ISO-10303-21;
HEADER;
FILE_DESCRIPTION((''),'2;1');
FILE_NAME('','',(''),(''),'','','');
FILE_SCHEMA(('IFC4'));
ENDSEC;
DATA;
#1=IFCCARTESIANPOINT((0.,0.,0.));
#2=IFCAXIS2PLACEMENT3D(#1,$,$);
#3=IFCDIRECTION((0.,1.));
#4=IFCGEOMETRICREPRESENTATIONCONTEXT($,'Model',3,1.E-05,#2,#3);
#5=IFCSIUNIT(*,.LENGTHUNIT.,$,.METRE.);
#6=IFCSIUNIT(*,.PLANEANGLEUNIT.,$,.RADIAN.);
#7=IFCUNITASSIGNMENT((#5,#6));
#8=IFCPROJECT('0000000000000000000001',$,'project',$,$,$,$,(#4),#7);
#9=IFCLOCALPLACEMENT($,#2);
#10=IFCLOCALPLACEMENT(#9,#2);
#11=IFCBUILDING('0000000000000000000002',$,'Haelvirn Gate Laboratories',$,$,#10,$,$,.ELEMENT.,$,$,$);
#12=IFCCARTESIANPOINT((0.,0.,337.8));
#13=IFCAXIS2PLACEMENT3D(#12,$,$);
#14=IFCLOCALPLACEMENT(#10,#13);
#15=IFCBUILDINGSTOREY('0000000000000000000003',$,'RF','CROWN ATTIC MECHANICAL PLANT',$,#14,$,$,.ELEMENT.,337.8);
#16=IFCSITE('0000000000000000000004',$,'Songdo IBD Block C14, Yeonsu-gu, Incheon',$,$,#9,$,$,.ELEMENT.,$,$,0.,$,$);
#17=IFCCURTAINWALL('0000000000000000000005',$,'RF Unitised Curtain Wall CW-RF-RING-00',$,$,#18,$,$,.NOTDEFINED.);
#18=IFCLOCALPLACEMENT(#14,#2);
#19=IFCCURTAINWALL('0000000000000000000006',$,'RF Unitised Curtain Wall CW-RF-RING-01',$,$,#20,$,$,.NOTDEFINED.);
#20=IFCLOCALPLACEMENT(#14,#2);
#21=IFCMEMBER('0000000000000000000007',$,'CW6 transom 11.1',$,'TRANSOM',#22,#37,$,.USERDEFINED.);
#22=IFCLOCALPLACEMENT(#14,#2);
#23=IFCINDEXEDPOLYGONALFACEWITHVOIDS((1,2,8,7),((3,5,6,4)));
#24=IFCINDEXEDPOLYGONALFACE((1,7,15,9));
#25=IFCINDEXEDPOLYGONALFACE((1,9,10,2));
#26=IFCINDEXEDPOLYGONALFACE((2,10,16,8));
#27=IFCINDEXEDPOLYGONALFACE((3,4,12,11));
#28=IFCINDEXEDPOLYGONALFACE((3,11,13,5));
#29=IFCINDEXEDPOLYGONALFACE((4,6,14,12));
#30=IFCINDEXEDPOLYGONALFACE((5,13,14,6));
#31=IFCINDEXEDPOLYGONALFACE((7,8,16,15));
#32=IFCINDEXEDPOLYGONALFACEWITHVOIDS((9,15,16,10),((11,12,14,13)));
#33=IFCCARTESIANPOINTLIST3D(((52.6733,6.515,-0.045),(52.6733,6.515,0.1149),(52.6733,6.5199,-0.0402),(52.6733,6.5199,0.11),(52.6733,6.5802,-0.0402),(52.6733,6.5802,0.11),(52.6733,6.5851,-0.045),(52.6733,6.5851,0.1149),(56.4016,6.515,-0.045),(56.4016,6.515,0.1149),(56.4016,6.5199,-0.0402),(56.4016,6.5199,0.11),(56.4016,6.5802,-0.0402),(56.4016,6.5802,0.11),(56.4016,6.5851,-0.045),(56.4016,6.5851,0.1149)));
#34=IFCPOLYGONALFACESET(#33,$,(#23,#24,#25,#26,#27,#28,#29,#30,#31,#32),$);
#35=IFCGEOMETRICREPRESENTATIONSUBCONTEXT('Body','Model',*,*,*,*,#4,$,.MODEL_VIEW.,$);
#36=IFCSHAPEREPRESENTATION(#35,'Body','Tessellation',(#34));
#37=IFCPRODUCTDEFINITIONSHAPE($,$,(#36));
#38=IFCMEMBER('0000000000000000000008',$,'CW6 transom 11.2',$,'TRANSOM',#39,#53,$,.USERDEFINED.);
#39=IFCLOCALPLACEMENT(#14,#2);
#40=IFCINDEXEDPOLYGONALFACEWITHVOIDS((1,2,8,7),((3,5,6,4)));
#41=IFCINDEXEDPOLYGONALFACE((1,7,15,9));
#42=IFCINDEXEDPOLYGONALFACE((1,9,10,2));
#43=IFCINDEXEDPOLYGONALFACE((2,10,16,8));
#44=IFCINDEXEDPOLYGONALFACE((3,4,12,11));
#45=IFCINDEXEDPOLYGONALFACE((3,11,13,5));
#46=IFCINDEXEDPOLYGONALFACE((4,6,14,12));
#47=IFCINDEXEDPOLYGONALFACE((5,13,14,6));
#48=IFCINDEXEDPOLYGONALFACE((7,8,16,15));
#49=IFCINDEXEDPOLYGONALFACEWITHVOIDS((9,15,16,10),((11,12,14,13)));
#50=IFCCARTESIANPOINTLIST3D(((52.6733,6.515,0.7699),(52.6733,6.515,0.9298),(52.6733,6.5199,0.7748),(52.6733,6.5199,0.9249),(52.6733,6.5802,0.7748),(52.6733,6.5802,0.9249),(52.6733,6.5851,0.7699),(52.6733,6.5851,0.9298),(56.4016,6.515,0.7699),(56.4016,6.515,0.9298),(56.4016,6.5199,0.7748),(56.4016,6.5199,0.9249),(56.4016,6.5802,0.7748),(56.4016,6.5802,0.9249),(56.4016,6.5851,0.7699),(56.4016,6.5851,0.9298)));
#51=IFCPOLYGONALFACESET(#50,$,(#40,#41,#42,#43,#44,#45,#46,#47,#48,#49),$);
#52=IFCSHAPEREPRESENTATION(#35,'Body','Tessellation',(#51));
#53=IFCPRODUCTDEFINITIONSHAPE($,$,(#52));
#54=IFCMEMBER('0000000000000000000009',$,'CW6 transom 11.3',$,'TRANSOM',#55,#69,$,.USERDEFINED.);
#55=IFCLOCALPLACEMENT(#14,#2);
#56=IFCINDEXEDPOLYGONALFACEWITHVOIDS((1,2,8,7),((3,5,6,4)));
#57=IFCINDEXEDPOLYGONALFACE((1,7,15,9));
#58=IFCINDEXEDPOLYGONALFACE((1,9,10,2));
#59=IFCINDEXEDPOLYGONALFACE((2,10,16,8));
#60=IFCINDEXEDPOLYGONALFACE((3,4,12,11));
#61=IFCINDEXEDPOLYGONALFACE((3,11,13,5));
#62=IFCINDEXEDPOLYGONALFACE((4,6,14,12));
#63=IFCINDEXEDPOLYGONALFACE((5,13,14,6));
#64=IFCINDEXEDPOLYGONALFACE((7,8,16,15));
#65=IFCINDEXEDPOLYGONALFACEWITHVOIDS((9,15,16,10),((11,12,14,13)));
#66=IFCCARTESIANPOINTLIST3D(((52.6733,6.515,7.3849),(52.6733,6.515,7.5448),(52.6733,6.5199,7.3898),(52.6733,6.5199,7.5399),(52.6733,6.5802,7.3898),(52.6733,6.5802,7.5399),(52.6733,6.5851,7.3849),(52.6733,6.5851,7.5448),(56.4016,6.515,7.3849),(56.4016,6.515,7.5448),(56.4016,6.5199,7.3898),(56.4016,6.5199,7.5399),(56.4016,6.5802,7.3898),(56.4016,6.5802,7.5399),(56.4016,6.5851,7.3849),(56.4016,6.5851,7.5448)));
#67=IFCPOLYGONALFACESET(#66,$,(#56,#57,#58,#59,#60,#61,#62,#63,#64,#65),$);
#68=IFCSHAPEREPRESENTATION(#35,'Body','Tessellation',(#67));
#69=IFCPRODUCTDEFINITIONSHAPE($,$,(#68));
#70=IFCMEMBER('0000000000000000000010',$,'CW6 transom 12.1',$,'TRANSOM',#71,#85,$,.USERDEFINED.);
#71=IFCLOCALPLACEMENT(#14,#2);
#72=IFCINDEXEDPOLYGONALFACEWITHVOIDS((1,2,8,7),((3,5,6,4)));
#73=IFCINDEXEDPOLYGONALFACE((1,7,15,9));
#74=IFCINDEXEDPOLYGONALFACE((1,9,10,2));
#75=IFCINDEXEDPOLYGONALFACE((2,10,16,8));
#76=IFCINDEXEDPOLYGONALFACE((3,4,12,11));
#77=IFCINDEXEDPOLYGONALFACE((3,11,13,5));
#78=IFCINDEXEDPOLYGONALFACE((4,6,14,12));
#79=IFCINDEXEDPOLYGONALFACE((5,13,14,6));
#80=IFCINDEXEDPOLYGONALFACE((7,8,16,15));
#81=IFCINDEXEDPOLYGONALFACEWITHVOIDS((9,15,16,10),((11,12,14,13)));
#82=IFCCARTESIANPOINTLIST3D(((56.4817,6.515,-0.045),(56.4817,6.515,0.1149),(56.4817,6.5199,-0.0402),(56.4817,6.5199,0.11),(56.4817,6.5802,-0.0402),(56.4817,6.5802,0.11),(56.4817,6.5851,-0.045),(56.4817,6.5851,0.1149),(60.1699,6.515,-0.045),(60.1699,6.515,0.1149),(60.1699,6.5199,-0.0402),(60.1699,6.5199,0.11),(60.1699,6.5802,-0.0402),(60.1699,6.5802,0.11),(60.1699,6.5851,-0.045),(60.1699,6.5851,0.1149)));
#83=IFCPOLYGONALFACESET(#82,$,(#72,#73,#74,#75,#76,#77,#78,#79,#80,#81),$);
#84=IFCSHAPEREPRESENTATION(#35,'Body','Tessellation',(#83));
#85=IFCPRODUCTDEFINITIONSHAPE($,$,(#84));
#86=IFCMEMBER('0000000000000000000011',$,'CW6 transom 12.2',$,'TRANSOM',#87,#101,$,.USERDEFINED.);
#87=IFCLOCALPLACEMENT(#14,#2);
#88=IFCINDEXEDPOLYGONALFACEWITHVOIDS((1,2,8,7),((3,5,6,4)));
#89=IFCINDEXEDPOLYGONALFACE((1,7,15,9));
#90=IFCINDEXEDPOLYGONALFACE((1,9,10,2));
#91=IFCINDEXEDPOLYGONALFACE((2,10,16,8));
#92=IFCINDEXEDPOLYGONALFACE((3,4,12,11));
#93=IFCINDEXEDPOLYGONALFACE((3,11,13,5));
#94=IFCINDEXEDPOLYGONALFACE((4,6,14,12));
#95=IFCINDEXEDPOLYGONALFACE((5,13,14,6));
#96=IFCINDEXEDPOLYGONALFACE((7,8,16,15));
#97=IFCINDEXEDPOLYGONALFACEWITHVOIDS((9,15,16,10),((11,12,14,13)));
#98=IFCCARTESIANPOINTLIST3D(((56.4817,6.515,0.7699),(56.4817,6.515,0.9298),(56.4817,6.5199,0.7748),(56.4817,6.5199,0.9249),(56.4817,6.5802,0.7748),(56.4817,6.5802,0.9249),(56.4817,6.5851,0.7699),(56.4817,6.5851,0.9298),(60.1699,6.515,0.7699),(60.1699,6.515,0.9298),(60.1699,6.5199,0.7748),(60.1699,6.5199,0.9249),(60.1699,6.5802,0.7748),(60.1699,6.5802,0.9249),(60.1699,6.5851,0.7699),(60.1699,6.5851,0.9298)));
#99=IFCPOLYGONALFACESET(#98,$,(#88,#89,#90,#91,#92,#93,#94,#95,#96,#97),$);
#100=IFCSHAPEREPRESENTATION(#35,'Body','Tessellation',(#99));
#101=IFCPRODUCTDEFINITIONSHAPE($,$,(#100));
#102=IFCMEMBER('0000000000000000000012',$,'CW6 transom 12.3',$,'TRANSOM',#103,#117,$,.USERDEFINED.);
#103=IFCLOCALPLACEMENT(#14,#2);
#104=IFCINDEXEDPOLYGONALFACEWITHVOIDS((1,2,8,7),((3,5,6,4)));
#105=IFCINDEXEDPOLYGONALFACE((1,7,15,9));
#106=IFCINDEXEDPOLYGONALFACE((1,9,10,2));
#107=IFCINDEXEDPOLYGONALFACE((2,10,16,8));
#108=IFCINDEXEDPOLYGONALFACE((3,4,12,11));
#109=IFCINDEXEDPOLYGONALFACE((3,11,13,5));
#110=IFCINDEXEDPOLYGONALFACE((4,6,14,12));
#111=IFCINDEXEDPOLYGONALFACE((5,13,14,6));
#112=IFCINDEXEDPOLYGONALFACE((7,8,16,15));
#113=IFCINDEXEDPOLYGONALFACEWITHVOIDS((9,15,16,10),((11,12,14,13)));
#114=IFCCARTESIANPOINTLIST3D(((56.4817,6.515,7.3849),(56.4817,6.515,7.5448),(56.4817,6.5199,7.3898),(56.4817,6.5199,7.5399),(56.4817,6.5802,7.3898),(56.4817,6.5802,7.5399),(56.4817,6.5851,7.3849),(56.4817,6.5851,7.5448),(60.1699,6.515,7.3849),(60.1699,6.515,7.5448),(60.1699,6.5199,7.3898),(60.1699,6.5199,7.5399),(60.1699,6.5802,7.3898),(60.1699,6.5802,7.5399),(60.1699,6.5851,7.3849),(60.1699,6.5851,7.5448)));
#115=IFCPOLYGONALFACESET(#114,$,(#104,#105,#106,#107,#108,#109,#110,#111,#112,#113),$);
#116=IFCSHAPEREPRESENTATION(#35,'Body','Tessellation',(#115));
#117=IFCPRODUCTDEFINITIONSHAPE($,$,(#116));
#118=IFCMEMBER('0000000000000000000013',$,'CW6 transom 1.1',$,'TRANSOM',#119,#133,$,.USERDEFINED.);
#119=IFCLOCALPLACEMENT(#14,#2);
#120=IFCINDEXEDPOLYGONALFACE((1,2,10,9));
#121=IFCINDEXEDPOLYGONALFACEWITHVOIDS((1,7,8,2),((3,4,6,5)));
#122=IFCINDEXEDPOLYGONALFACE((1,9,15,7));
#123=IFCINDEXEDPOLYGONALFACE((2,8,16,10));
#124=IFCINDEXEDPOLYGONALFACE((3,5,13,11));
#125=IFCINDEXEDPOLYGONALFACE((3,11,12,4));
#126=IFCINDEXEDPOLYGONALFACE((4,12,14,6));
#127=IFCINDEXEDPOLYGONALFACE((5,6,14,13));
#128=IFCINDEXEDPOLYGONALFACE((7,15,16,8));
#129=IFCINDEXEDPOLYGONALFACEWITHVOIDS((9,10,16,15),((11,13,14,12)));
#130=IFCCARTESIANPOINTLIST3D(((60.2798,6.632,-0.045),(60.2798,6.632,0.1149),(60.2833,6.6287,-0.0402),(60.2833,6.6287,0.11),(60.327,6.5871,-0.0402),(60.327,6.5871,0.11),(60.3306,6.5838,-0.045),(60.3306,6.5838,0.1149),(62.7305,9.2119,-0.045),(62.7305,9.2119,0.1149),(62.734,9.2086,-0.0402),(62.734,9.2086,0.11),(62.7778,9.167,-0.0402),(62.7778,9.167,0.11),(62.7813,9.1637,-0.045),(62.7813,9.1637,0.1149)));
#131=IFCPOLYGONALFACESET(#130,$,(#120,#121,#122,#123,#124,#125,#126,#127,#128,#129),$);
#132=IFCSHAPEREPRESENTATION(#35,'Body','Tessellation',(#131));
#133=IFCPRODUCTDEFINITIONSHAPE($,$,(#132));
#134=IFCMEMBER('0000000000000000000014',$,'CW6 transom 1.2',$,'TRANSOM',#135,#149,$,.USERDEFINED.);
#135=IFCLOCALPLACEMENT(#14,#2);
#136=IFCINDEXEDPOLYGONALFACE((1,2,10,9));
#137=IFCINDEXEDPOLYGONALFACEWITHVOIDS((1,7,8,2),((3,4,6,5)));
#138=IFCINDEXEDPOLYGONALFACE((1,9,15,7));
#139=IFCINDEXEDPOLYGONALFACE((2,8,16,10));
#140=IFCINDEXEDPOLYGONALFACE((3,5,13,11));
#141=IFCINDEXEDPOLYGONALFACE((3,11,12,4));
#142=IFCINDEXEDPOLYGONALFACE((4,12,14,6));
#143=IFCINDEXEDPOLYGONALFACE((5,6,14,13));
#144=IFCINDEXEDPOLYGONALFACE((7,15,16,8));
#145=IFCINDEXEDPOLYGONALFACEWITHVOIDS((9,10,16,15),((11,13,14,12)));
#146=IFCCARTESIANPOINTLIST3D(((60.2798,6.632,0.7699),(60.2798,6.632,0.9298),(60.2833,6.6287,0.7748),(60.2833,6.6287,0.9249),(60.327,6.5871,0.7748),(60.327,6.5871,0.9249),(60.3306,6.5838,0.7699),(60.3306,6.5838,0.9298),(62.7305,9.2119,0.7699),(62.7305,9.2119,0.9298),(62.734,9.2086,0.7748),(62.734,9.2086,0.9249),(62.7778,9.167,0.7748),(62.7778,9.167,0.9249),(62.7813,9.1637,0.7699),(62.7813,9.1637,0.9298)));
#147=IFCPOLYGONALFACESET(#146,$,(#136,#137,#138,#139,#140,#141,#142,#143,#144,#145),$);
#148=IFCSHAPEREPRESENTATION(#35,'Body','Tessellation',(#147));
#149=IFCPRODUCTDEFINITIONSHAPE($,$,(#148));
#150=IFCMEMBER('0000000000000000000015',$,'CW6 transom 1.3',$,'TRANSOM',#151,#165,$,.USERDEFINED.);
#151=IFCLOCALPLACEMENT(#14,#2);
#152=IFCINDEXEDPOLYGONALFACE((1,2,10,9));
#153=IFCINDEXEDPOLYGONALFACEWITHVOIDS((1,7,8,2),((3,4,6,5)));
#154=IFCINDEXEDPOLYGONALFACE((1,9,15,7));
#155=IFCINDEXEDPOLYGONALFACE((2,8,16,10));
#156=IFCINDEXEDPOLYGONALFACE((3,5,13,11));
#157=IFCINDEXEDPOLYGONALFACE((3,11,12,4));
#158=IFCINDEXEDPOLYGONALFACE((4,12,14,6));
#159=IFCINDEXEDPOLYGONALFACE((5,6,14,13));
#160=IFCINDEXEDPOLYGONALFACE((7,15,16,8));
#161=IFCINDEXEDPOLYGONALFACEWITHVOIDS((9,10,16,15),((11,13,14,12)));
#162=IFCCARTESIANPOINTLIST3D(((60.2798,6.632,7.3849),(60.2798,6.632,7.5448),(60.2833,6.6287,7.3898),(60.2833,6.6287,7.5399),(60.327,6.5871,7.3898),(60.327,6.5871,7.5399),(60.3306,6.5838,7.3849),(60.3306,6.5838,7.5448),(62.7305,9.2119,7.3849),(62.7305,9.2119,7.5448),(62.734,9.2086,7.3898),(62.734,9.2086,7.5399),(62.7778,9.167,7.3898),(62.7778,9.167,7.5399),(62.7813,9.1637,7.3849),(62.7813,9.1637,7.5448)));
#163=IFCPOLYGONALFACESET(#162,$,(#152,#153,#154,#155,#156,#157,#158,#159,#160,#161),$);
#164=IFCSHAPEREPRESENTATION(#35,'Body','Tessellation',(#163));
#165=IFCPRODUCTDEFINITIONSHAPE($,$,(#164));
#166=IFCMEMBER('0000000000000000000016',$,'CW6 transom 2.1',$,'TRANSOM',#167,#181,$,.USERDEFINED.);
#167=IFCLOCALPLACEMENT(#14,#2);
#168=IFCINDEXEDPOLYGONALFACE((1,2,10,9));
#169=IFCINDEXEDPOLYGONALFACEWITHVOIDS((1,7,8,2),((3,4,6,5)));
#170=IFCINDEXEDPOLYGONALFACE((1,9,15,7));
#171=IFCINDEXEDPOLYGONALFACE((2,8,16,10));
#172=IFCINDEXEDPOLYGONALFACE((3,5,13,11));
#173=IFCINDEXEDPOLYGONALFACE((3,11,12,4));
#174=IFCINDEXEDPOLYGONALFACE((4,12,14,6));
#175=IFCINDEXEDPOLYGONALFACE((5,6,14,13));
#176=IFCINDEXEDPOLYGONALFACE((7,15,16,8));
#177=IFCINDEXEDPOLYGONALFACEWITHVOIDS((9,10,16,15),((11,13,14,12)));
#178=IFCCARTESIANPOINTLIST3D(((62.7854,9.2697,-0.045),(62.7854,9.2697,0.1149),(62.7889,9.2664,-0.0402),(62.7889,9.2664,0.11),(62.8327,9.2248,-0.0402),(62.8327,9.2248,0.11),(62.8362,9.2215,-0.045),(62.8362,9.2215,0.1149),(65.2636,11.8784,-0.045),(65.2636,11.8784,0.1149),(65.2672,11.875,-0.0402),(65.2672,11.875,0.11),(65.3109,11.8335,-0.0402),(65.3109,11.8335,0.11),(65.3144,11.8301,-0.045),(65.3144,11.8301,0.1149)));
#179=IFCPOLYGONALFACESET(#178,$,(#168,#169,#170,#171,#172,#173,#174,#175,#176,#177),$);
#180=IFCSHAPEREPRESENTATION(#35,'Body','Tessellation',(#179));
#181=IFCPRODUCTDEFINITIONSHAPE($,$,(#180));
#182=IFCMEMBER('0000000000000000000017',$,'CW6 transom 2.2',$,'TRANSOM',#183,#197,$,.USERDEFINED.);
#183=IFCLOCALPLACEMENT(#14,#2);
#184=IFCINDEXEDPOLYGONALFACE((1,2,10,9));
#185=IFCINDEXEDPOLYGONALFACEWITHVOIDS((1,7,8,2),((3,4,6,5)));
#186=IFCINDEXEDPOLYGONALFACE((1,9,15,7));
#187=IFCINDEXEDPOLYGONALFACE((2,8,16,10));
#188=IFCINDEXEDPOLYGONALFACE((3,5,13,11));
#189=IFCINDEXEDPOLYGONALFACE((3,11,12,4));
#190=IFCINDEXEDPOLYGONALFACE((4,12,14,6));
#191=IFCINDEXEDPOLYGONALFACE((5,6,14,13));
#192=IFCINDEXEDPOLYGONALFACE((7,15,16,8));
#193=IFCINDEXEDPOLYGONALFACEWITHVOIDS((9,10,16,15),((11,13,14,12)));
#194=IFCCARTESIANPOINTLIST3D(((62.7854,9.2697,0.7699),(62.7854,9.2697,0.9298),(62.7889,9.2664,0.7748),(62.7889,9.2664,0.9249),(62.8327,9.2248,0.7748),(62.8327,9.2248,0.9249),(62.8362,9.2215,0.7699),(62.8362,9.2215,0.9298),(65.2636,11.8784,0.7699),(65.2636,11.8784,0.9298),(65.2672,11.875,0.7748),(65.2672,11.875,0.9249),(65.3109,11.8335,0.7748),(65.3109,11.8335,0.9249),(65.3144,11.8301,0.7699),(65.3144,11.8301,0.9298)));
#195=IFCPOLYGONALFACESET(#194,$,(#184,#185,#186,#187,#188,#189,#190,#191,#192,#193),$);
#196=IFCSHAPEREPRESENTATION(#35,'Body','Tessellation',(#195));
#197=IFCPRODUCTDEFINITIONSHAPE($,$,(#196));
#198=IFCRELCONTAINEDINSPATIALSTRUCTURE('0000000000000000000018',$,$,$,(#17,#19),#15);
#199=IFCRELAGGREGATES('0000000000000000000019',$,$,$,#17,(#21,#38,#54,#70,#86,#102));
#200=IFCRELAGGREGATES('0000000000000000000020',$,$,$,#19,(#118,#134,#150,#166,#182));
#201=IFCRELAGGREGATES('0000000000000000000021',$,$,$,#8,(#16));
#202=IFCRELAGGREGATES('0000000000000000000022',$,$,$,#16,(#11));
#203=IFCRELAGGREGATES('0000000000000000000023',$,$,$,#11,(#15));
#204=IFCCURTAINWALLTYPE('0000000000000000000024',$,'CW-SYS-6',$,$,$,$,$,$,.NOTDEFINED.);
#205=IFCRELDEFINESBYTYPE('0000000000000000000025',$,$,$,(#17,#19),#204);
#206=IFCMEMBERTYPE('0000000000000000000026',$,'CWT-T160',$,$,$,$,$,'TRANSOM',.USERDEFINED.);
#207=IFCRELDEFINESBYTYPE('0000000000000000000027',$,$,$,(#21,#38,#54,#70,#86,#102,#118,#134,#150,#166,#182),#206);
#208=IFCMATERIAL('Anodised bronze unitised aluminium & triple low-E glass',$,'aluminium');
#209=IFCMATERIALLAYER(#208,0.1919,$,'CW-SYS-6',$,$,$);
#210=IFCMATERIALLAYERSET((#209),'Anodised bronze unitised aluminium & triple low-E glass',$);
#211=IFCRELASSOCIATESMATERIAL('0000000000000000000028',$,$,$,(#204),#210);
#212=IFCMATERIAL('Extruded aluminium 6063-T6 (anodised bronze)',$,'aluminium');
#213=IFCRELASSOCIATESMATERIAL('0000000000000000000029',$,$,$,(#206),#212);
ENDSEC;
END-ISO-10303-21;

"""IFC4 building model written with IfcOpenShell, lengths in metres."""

from ifc_helpers import new_model, si_unit, direction, frame, origin, origin_2d, place, context, subcontext, project, spatial, hollow_rectangle, extrude, source, transform, mapped, material, layer, layer_set, material_profile, profile_set, type_object, element, aggregate, save


model = new_model("IFC4")

# Units and contexts
model_context = context("Model", 3, precision=1e-05, world=origin(), true_north=direction((0.0, 1.0)))
body_context = subcontext(model_context, "Body", "Model", "MODEL_VIEW")
ifc_project = project(units=[si_unit("LENGTHUNIT", "METRE"), si_unit("PLANEANGLEUNIT", "RADIAN")], contexts=[model_context])

# Site, building, storey
site_placement = place(None, origin())
site = spatial("IfcSite", under=ifc_project, at=site_placement, Name="Songdo IBD Block C14, Yeonsu-gu, Incheon", CompositionType="ELEMENT", RefElevation=0.0)
building_placement = place(site_placement, origin())
building = spatial("IfcBuilding", under=site, at=building_placement, Name="Haelvirn Gate Laboratories", CompositionType="ELEMENT")
storey_placement = place(building_placement, frame((0.0, 0.0, 337.8)))
storey = spatial("IfcBuildingStorey", under=building, at=storey_placement, Name="RF", Description="CROWN ATTIC MECHANICAL PLANT", CompositionType="ELEMENT", Elevation=337.8)

# Curtain walls
ifc_material_1 = material(Name="Anodised bronze unitised aluminium & triple low-E glass", Category="aluminium")
ifc_layer_1 = layer(ifc_material_1, 0.1919, Name="CW-SYS-6")
ifc_layer_set_1 = layer_set([ifc_layer_1], Name="Anodised bronze unitised aluminium & triple low-E glass")
curtain_wall_type = type_object("IfcCurtainWallType", Name="CW-SYS-6", PredefinedType="NOTDEFINED", material=ifc_layer_set_1)
curtain_wall_1_placement = place(storey_placement, origin())
curtain_wall_1 = element("IfcCurtainWall", 1, at=curtain_wall_1_placement, inside=storey, type_object=curtain_wall_type, Name="RF Unitised Curtain Wall CW-RF-RING-00", PredefinedType="NOTDEFINED")
ifc_material_2 = material(Name="Extruded aluminium 6063-T6 (anodised bronze)", Category="aluminium")
curtain_wall_2_placement = place(storey_placement, origin())
curtain_wall_2 = element("IfcCurtainWall", 2, at=curtain_wall_2_placement, inside=storey, type_object=curtain_wall_type, Name="RF Unitised Curtain Wall CW-RF-RING-01", PredefinedType="NOTDEFINED")

# Members
ifc_material_profile_1 = material_profile(ifc_material_2, hollow_rectangle(XDim=0.0701, YDim=0.1599, WallThickness=0.0049, at=origin_2d()), Name="CWT-160x70x5")
ifc_profile_set_1 = profile_set([ifc_material_profile_1], Name="Extruded aluminium 6063-T6 (anodised bronze)")
member_type_1 = type_object("IfcMemberType", Name="CWT-T160", ElementType="TRANSOM", PredefinedType="USERDEFINED", material=ifc_profile_set_1)
shared_shape_1 = source(origin(), body_context, "Body", "SweptSolid", [
    extrude(hollow_rectangle(XDim=0.0701, YDim=0.1599, WallThickness=0.0049, at=origin_2d()), origin(), (0.0, 0.0, 1.0), 3.7283),
])
member_1_placement = place(storey_placement, frame((52.6733, 6.55, 0.0349), z_axis=(1.0, 0.0, 0.0), x_axis=(0.0, 1.0, 0.0)))
member_1 = element("IfcMember", 3, at=member_1_placement, type_object=member_type_1, Name="CW6 transom 11.1", ObjectType="TRANSOM", PredefinedType="USERDEFINED", context=body_context, shape_type="MappedRepresentation", body=[
    mapped(shared_shape_1, transform((0.0, 0.0, 0.0), scale=1.0)),
])
member_2_placement = place(storey_placement, frame((52.6733, 6.55, 0.8499), z_axis=(1.0, 0.0, 0.0), x_axis=(0.0, 1.0, 0.0)))
member_2 = element("IfcMember", 4, at=member_2_placement, type_object=member_type_1, Name="CW6 transom 11.2", ObjectType="TRANSOM", PredefinedType="USERDEFINED", context=body_context, shape_type="MappedRepresentation", body=[
    mapped(shared_shape_1, transform((0.0, 0.0, 0.0), scale=1.0)),
])
member_3_placement = place(storey_placement, frame((52.6733, 6.55, 7.4648), z_axis=(1.0, 0.0, 0.0), x_axis=(0.0, 1.0, 0.0)))
member_3 = element("IfcMember", 5, at=member_3_placement, type_object=member_type_1, Name="CW6 transom 11.3", ObjectType="TRANSOM", PredefinedType="USERDEFINED", context=body_context, shape_type="MappedRepresentation", body=[
    mapped(shared_shape_1, transform((0.0, 0.0, 0.0), scale=1.0)),
])
shared_shape_2 = source(origin(), body_context, "Body", "SweptSolid", [
    extrude(hollow_rectangle(XDim=0.0701, YDim=0.1599, WallThickness=0.0049, at=origin_2d()), origin(), (0.0, 0.0, 1.0), 3.6882),
])
member_4_placement = place(storey_placement, frame((56.4817, 6.55, 0.0349), z_axis=(1.0, 0.0, 0.0), x_axis=(0.0, 1.0, 0.0)))
member_4 = element("IfcMember", 6, at=member_4_placement, type_object=member_type_1, Name="CW6 transom 12.1", ObjectType="TRANSOM", PredefinedType="USERDEFINED", context=body_context, shape_type="MappedRepresentation", body=[
    mapped(shared_shape_2, transform((0.0, 0.0, 0.0), scale=1.0)),
])
member_5_placement = place(storey_placement, frame((56.4817, 6.55, 0.8499), z_axis=(1.0, 0.0, 0.0), x_axis=(0.0, 1.0, 0.0)))
member_5 = element("IfcMember", 7, at=member_5_placement, type_object=member_type_1, Name="CW6 transom 12.2", ObjectType="TRANSOM", PredefinedType="USERDEFINED", context=body_context, shape_type="MappedRepresentation", body=[
    mapped(shared_shape_2, transform((0.0, 0.0, 0.0), scale=1.0)),
])
member_6_placement = place(storey_placement, frame((56.4817, 6.55, 7.4648), z_axis=(1.0, 0.0, 0.0), x_axis=(0.0, 1.0, 0.0)))
member_6 = element("IfcMember", 8, at=member_6_placement, type_object=member_type_1, Name="CW6 transom 12.3", ObjectType="TRANSOM", PredefinedType="USERDEFINED", context=body_context, shape_type="MappedRepresentation", body=[
    mapped(shared_shape_2, transform((0.0, 0.0, 0.0), scale=1.0)),
])
shared_shape_3 = source(origin(), body_context, "Body", "SweptSolid", [
    extrude(hollow_rectangle(XDim=0.0701, YDim=0.1599, WallThickness=0.0049, at=origin_2d()), origin(), (0.0, 0.0, 1.0), 3.5583),
])
member_7_placement = place(storey_placement, frame((60.3052, 6.6079, 0.0349), z_axis=(0.688726, 0.725022, 0.0), x_axis=(-0.725022, 0.688726, 0.0)))
member_7 = element("IfcMember", 9, at=member_7_placement, type_object=member_type_1, Name="CW6 transom 1.1", ObjectType="TRANSOM", PredefinedType="USERDEFINED", context=body_context, shape_type="MappedRepresentation", body=[
    mapped(shared_shape_3, transform((0.0, 0.0, 0.0), scale=1.0)),
])
member_8_placement = place(storey_placement, frame((60.3052, 6.6079, 0.8499), z_axis=(0.688726, 0.725022, 0.0), x_axis=(-0.725022, 0.688726, 0.0)))
member_8 = element("IfcMember", 10, at=member_8_placement, type_object=member_type_1, Name="CW6 transom 1.2", ObjectType="TRANSOM", PredefinedType="USERDEFINED", context=body_context, shape_type="MappedRepresentation", body=[
    mapped(shared_shape_3, transform((0.0, 0.0, 0.0), scale=1.0)),
])
member_9_placement = place(storey_placement, frame((60.3052, 6.6079, 7.4648), z_axis=(0.688726, 0.725022, 0.0), x_axis=(-0.725022, 0.688726, 0.0)))
member_9 = element("IfcMember", 11, at=member_9_placement, type_object=member_type_1, Name="CW6 transom 1.3", ObjectType="TRANSOM", PredefinedType="USERDEFINED", context=body_context, shape_type="MappedRepresentation", body=[
    mapped(shared_shape_3, transform((0.0, 0.0, 0.0), scale=1.0)),
])
shared_shape_4 = source(origin(), body_context, "Body", "SweptSolid", [
    extrude(hollow_rectangle(XDim=0.0701, YDim=0.1599, WallThickness=0.0049, at=origin_2d()), origin(), (0.0, 0.0, 1.0), 3.5981),
])
member_10_placement = place(storey_placement, frame((62.8108, 9.2456, 0.0349), z_axis=(0.688758, 0.724991, 0.0), x_axis=(-0.724991, 0.688758, 0.0)))
member_10 = element("IfcMember", 12, at=member_10_placement, type_object=member_type_1, Name="CW6 transom 2.1", ObjectType="TRANSOM", PredefinedType="USERDEFINED", context=body_context, shape_type="MappedRepresentation", body=[
    mapped(shared_shape_4, transform((0.0, 0.0, 0.0), scale=1.0)),
])
member_11_placement = place(storey_placement, frame((62.8108, 9.2456, 0.8499), z_axis=(0.688758, 0.724991, 0.0), x_axis=(-0.724991, 0.688758, 0.0)))
member_11 = element("IfcMember", 13, at=member_11_placement, type_object=member_type_1, Name="CW6 transom 2.2", ObjectType="TRANSOM", PredefinedType="USERDEFINED", context=body_context, shape_type="MappedRepresentation", body=[
    mapped(shared_shape_4, transform((0.0, 0.0, 0.0), scale=1.0)),
])

aggregate(curtain_wall_1, [member_1, member_2, member_3, member_4, member_5, member_6])
aggregate(curtain_wall_2, [member_7, member_8, member_9, member_10, member_11])

save(model, "model.ifc")
